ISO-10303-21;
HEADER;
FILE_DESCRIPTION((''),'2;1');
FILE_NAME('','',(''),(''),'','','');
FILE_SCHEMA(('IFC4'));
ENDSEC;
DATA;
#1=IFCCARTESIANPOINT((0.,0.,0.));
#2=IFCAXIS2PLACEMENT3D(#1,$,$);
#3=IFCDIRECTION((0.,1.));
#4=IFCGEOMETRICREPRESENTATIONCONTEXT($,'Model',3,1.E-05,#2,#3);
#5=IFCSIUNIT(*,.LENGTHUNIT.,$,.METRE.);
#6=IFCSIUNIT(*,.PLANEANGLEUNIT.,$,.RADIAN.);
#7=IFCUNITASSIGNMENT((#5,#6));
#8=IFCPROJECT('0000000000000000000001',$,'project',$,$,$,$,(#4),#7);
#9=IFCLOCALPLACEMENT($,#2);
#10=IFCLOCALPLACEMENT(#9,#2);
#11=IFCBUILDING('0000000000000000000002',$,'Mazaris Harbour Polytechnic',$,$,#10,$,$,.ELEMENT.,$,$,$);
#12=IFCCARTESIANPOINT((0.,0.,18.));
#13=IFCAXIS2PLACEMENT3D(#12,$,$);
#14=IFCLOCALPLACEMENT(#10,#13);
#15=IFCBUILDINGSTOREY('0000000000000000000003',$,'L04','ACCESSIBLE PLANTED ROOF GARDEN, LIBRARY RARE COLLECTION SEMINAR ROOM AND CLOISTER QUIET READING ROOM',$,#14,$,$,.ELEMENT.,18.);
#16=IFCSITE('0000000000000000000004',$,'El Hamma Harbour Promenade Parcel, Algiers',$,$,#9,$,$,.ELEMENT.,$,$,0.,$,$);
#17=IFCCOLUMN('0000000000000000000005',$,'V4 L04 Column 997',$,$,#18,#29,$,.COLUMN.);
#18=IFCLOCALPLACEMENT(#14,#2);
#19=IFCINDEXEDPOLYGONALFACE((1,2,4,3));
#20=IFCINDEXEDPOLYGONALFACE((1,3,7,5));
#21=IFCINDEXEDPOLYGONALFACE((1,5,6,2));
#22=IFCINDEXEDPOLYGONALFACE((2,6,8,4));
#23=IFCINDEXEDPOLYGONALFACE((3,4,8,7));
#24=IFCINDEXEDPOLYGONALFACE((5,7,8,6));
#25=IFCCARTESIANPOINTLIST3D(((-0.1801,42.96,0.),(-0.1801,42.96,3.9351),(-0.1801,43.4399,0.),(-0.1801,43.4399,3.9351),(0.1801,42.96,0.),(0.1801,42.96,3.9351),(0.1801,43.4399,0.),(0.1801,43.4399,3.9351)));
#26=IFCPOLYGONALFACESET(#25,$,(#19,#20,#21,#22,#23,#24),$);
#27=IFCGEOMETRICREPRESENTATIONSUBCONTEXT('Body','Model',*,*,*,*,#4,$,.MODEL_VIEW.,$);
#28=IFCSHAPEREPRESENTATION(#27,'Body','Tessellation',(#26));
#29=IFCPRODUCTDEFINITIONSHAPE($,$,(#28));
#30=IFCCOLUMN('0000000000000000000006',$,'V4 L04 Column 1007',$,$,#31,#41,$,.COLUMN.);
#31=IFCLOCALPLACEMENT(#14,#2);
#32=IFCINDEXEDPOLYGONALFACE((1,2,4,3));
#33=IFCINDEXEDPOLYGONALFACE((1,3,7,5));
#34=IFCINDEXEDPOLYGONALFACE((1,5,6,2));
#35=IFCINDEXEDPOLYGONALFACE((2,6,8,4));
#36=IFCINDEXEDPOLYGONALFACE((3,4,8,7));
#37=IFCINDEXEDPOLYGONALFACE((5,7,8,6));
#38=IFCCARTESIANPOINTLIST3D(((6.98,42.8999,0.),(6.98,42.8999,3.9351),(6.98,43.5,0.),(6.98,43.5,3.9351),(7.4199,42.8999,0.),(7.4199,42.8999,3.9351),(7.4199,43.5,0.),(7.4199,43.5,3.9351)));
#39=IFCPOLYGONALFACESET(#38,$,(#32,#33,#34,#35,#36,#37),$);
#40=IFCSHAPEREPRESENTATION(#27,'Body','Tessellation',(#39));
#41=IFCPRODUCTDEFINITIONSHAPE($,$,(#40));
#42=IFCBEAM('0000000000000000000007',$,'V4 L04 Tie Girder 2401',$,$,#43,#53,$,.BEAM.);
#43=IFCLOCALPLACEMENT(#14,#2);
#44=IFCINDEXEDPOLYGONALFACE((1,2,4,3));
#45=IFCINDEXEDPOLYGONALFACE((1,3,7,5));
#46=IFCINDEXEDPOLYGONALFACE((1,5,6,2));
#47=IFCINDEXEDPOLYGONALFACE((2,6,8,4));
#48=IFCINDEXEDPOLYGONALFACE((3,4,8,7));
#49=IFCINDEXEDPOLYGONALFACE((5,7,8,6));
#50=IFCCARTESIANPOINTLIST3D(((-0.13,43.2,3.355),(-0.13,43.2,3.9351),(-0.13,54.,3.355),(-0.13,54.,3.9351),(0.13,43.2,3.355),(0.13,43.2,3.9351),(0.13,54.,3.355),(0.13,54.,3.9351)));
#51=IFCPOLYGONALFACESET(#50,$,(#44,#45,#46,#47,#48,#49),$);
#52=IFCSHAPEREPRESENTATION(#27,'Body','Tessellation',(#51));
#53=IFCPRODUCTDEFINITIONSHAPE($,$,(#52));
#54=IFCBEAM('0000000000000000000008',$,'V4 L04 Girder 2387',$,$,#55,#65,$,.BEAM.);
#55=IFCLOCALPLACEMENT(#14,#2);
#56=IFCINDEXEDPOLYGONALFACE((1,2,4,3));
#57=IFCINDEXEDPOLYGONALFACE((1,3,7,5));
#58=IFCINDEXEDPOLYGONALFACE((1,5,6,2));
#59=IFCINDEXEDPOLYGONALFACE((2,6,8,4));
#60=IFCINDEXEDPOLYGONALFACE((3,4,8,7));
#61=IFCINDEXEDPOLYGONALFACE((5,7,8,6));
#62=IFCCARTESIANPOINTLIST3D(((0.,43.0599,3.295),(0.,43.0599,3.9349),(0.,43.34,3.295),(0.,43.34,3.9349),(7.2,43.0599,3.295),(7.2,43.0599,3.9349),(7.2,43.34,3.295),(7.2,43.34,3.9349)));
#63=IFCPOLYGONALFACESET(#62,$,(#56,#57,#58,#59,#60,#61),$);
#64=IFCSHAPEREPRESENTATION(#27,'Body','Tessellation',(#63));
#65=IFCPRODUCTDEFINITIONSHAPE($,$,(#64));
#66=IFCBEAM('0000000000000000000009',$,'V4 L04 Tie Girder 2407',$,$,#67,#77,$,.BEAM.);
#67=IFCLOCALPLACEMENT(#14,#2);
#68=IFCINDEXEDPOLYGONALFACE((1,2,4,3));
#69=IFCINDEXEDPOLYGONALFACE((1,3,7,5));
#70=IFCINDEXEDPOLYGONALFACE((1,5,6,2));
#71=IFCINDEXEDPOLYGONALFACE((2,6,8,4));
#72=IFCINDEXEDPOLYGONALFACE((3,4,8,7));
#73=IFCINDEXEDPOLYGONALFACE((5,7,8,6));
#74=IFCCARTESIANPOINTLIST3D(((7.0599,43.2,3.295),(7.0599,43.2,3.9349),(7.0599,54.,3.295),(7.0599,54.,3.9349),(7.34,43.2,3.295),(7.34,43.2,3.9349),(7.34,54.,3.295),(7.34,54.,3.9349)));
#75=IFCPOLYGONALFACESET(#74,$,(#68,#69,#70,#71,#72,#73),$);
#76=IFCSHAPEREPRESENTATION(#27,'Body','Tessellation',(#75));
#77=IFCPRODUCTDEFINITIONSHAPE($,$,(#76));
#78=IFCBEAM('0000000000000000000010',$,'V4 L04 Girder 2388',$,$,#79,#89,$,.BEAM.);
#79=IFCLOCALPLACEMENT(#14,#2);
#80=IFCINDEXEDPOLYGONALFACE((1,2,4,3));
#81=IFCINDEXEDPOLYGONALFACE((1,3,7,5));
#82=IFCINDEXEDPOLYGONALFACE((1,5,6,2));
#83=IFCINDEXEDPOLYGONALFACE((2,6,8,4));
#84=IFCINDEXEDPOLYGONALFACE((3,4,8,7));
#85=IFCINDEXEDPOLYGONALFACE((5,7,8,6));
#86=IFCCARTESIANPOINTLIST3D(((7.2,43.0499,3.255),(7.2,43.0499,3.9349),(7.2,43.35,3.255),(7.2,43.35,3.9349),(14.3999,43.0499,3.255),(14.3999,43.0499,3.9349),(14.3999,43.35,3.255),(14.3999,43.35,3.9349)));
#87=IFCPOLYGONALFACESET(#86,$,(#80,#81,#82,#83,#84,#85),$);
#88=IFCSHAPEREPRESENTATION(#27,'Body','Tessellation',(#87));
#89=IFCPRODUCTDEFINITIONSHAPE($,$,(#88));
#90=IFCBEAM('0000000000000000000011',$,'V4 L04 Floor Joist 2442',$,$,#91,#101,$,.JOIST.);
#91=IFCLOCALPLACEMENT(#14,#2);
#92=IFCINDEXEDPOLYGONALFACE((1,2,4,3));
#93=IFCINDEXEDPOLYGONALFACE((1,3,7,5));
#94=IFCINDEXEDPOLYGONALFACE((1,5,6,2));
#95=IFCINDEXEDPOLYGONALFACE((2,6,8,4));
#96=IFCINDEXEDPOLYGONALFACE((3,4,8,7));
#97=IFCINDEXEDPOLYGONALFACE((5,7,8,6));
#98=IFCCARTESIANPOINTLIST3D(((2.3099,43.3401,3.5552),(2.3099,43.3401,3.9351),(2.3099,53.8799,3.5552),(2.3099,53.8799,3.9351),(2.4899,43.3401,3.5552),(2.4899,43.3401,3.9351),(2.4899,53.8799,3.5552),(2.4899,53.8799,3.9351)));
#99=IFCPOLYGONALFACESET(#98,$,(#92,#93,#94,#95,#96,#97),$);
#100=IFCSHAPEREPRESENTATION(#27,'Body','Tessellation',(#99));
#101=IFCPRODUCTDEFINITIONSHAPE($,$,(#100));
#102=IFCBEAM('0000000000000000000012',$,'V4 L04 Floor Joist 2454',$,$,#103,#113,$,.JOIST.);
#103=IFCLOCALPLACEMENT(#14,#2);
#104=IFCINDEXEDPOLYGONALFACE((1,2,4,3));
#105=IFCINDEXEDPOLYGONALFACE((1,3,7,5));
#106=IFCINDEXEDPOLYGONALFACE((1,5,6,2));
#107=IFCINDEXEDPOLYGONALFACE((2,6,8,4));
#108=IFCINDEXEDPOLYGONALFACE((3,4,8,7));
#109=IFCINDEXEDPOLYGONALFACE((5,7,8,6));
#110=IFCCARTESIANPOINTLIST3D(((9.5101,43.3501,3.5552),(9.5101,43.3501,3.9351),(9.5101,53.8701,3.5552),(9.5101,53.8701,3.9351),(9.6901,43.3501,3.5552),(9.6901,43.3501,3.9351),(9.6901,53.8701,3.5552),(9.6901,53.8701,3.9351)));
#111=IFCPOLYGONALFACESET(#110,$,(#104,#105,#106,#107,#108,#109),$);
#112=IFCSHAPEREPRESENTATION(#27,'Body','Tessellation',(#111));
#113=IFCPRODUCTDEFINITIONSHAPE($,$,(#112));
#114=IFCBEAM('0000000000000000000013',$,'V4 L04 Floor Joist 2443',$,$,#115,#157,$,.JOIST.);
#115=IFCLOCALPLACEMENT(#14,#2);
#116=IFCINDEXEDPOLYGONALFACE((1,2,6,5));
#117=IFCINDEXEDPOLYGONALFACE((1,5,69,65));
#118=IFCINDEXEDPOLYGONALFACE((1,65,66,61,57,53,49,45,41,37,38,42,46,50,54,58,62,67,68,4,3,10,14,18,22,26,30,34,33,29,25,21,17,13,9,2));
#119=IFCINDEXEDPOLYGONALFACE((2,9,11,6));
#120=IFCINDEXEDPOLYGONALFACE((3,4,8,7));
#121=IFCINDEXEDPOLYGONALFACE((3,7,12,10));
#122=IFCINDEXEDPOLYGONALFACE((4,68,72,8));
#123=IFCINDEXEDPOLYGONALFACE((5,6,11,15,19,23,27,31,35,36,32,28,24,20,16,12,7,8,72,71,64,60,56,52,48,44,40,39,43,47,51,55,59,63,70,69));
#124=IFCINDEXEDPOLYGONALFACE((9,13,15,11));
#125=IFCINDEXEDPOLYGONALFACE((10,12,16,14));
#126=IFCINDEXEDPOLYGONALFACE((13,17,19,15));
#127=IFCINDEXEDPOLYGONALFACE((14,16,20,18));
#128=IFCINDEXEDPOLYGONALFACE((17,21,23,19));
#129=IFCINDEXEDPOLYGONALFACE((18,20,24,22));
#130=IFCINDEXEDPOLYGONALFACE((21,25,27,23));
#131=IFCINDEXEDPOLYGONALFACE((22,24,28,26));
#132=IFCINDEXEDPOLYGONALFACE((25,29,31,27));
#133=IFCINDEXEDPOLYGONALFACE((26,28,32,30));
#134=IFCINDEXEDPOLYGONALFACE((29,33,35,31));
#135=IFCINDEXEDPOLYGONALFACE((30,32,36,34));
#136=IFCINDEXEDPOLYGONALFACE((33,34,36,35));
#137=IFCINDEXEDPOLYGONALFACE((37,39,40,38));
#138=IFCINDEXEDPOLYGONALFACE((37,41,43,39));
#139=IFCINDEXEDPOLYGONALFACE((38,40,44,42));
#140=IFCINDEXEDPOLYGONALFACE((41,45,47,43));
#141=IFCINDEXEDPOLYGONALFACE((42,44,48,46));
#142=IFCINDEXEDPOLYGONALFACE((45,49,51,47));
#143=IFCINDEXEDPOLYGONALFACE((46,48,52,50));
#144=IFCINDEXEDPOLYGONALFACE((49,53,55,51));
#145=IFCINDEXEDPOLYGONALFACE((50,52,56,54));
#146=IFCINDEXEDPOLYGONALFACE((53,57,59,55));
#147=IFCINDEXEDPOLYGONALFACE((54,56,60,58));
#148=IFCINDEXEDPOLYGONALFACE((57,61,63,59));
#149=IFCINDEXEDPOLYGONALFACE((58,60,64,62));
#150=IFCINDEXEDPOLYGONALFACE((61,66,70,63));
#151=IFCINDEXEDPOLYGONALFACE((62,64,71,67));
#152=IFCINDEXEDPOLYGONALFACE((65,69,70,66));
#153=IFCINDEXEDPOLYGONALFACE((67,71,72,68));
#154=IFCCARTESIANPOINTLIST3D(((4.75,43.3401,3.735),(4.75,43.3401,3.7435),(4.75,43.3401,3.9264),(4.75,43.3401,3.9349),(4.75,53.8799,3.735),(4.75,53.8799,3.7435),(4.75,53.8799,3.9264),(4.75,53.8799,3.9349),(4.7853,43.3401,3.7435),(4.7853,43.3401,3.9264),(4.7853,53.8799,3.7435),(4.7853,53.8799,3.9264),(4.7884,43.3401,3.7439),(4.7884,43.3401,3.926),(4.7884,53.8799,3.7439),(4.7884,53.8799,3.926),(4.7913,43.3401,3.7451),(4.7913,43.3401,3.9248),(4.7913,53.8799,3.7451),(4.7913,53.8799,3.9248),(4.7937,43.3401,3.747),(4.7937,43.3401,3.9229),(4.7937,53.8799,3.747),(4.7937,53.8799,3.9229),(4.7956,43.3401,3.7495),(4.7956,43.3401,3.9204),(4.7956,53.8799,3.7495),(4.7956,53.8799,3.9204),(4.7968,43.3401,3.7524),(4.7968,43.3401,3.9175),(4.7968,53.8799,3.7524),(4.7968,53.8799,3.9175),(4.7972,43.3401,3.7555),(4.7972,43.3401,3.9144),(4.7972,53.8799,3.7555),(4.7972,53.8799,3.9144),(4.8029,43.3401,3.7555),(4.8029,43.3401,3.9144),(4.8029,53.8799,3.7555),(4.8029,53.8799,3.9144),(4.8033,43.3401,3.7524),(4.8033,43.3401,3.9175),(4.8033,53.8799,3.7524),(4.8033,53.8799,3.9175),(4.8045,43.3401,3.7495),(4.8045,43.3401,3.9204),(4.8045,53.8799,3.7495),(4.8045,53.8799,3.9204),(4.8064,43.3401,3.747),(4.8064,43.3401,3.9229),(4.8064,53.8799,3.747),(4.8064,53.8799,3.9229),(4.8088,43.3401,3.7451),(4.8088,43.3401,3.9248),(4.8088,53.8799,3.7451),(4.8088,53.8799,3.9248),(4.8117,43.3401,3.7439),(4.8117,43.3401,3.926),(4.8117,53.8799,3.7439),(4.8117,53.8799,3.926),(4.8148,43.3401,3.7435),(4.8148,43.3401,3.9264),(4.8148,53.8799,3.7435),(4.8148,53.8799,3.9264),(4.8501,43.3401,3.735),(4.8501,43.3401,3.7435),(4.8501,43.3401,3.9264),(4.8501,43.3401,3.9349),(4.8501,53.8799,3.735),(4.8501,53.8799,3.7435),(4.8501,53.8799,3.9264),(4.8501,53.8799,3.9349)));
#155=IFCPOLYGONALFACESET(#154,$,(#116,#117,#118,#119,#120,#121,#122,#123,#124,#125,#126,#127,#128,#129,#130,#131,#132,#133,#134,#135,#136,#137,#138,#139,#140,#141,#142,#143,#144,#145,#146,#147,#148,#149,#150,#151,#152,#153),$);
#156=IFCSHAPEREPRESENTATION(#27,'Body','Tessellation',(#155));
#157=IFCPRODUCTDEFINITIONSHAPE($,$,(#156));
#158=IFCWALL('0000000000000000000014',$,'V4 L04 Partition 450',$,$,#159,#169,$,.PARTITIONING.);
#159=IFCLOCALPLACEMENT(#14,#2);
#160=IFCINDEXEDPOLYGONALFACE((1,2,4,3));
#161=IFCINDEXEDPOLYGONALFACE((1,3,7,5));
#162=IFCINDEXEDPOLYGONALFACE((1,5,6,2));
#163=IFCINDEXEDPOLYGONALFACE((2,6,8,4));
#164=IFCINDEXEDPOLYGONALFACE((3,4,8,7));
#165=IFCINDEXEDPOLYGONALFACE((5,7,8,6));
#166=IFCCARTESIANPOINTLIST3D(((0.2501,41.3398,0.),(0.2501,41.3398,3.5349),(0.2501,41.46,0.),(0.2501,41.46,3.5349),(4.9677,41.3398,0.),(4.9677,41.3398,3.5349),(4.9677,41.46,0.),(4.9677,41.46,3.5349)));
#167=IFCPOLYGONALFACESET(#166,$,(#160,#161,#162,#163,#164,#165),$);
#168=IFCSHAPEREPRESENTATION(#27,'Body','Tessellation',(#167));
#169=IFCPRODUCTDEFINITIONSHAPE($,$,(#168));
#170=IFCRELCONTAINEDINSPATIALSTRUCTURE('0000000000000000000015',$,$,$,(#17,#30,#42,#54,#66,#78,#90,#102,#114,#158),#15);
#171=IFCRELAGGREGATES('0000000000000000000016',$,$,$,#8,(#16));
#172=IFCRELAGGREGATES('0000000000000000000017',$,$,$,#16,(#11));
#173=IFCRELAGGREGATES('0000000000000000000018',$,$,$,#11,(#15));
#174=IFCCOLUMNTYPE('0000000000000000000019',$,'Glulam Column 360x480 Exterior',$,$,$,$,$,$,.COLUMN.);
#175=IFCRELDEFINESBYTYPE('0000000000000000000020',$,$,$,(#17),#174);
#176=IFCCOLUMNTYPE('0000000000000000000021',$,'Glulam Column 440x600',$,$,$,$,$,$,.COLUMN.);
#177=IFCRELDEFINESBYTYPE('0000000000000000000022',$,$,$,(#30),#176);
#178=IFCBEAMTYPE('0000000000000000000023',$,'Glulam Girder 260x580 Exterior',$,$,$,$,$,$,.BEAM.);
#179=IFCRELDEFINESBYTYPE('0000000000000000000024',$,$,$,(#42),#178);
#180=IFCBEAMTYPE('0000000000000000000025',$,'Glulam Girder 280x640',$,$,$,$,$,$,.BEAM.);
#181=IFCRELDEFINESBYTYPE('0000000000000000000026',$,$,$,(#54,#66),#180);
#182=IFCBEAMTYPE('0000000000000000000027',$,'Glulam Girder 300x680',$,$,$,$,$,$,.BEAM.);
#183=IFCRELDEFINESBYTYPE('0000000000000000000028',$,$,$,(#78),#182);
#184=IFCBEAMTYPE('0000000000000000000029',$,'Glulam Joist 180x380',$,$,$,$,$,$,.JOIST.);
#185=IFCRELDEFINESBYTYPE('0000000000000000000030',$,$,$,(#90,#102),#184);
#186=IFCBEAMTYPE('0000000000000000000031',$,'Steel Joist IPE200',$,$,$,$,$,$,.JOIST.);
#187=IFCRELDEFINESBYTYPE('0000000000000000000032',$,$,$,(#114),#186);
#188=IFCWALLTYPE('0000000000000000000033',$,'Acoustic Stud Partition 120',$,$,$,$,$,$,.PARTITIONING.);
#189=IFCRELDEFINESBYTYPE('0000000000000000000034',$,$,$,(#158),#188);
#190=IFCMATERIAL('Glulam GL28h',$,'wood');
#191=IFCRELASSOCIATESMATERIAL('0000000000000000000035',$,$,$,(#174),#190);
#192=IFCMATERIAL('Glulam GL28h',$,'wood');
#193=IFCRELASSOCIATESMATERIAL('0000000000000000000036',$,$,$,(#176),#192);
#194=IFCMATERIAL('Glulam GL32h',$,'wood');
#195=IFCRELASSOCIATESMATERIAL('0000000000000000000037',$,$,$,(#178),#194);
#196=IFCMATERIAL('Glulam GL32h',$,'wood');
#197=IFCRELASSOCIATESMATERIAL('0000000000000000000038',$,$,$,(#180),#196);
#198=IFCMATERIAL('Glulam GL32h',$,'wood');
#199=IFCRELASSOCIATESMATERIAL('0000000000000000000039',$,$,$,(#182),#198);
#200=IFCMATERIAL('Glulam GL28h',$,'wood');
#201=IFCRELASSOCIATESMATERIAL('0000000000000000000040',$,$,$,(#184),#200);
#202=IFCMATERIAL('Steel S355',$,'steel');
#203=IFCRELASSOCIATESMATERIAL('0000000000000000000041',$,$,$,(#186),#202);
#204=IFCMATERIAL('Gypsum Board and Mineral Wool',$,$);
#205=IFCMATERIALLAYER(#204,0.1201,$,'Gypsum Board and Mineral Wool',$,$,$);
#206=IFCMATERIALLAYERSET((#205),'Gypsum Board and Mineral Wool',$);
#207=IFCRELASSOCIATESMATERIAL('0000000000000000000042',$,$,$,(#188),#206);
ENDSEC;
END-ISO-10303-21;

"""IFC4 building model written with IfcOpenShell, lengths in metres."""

from ifc_helpers import new_model, si_unit, direction, frame, frame_2d, origin, origin_2d, place, context, subcontext, project, spatial, rectangle, i_section, extrude, material, layer, layer_set, material_profile, profile_set, type_object, element, save


model = new_model("IFC4")

# Units and contexts
model_context = context("Model", 3, precision=1e-05, world=origin(), true_north=direction((0.0, 1.0)))
body_context = subcontext(model_context, "Body", "Model", "MODEL_VIEW")
ifc_project = project(units=[si_unit("LENGTHUNIT", "METRE"), si_unit("PLANEANGLEUNIT", "RADIAN")], contexts=[model_context])

# Site, building, storey
site_placement = place(None, origin())
site = spatial("IfcSite", under=ifc_project, at=site_placement, Name="El Hamma Harbour Promenade Parcel, Algiers", CompositionType="ELEMENT", RefElevation=0.0)
building_placement = place(site_placement, origin())
building = spatial("IfcBuilding", under=site, at=building_placement, Name="Mazaris Harbour Polytechnic", CompositionType="ELEMENT")
storey_placement = place(building_placement, frame((0.0, 0.0, 18.0)))
storey = spatial("IfcBuildingStorey", under=building, at=storey_placement, Name="L04", Description="ACCESSIBLE PLANTED ROOF GARDEN, LIBRARY RARE COLLECTION SEMINAR ROOM AND CLOISTER QUIET READING ROOM", CompositionType="ELEMENT", Elevation=18.0)

# Columns
ifc_material_1 = material(Name="Glulam GL28h", Category="wood")
ifc_material_profile_1 = material_profile(ifc_material_1, rectangle(XDim=0.3601, YDim=0.48, at=origin_2d()), Name="RECT360x480")
ifc_profile_set_1 = profile_set([ifc_material_profile_1], Name="Glulam GL28h")
column_type_1 = type_object("IfcColumnType", Name="Glulam Column 360x480 Exterior", PredefinedType="COLUMN", material=ifc_profile_set_1)
column_1_placement = place(storey_placement, frame((0.0, 43.2, 0.0), z_axis=(0.0, 0.0, 1.0), x_axis=(1.0, 0.0, 0.0)))
element("IfcColumn", 1, at=column_1_placement, inside=storey, type_object=column_type_1, Name="V4 L04 Column 997", PredefinedType="COLUMN", context=body_context, shape_type="SweptSolid", body=[
    extrude(rectangle(XDim=0.3601, YDim=0.48, at=origin_2d()), origin(), (0.0, 0.0, 1.0), 3.9351),
])
ifc_material_2 = material(Name="Glulam GL28h", Category="wood")
ifc_material_profile_2 = material_profile(ifc_material_2, rectangle(XDim=0.4399, YDim=0.6001, at=origin_2d()), Name="RECT440x600")
ifc_profile_set_2 = profile_set([ifc_material_profile_2], Name="Glulam GL28h")
column_type_2 = type_object("IfcColumnType", Name="Glulam Column 440x600", PredefinedType="COLUMN", material=ifc_profile_set_2)
column_2_placement = place(storey_placement, frame((7.2, 43.2, 0.0), z_axis=(0.0, 0.0, 1.0), x_axis=(1.0, 0.0, 0.0)))
element("IfcColumn", 2, at=column_2_placement, inside=storey, type_object=column_type_2, Name="V4 L04 Column 1007", PredefinedType="COLUMN", context=body_context, shape_type="SweptSolid", body=[
    extrude(rectangle(XDim=0.4399, YDim=0.6001, at=origin_2d()), origin(), (0.0, 0.0, 1.0), 3.9351),
])

# Beams
ifc_material_3 = material(Name="Glulam GL32h", Category="wood")
ifc_material_profile_3 = material_profile(ifc_material_3, rectangle(XDim=0.26, YDim=0.5801, at=origin_2d()), Name="RECT260x580")
ifc_profile_set_3 = profile_set([ifc_material_profile_3], Name="Glulam GL32h")
beam_type_1 = type_object("IfcBeamType", Name="Glulam Girder 260x580 Exterior", PredefinedType="BEAM", material=ifc_profile_set_3)
beam_1_placement = place(storey_placement, frame((0.0, 43.2, 3.645), z_axis=(0.0, 1.0, 0.0), x_axis=(-1.0, 0.0, 0.0)))
element("IfcBeam", 3, at=beam_1_placement, inside=storey, type_object=beam_type_1, Name="V4 L04 Tie Girder 2401", PredefinedType="BEAM", context=body_context, shape_type="SweptSolid", body=[
    extrude(rectangle(XDim=0.26, YDim=0.5801, at=origin_2d()), origin(), (0.0, 0.0, 1.0), 10.8),
])
ifc_material_4 = material(Name="Glulam GL32h", Category="wood")
ifc_material_profile_4 = material_profile(ifc_material_4, rectangle(XDim=0.28, YDim=0.6399, at=origin_2d()), Name="RECT280x640")
ifc_profile_set_4 = profile_set([ifc_material_profile_4], Name="Glulam GL32h")
beam_type_2 = type_object("IfcBeamType", Name="Glulam Girder 280x640", PredefinedType="BEAM", material=ifc_profile_set_4)
beam_2_placement = place(storey_placement, frame((0.0, 43.2, 3.615), z_axis=(1.0, 0.0, 0.0), x_axis=(0.0, 1.0, 0.0)))
element("IfcBeam", 4, at=beam_2_placement, inside=storey, type_object=beam_type_2, Name="V4 L04 Girder 2387", PredefinedType="BEAM", context=body_context, shape_type="SweptSolid", body=[
    extrude(rectangle(XDim=0.28, YDim=0.6399, at=origin_2d()), origin(), (0.0, 0.0, 1.0), 7.2),
])
beam_3_placement = place(storey_placement, frame((7.2, 43.2, 3.615), z_axis=(0.0, 1.0, 0.0), x_axis=(-1.0, 0.0, 0.0)))
element("IfcBeam", 5, at=beam_3_placement, inside=storey, type_object=beam_type_2, Name="V4 L04 Tie Girder 2407", PredefinedType="BEAM", context=body_context, shape_type="SweptSolid", body=[
    extrude(rectangle(XDim=0.28, YDim=0.6399, at=origin_2d()), origin(), (0.0, 0.0, 1.0), 10.8),
])
ifc_material_5 = material(Name="Glulam GL32h", Category="wood")
ifc_material_profile_5 = material_profile(ifc_material_5, rectangle(XDim=0.3, YDim=0.6799, at=origin_2d()), Name="RECT300x680")
ifc_profile_set_5 = profile_set([ifc_material_profile_5], Name="Glulam GL32h")
beam_type_3 = type_object("IfcBeamType", Name="Glulam Girder 300x680", PredefinedType="BEAM", material=ifc_profile_set_5)
beam_4_placement = place(storey_placement, frame((7.2, 43.2, 3.595), z_axis=(1.0, 0.0, 0.0), x_axis=(0.0, 1.0, 0.0)))
element("IfcBeam", 6, at=beam_4_placement, inside=storey, type_object=beam_type_3, Name="V4 L04 Girder 2388", PredefinedType="BEAM", context=body_context, shape_type="SweptSolid", body=[
    extrude(rectangle(XDim=0.3, YDim=0.6799, at=origin_2d()), origin(), (0.0, 0.0, 1.0), 7.2),
])
ifc_material_6 = material(Name="Glulam GL28h", Category="wood")
ifc_material_profile_6 = material_profile(ifc_material_6, rectangle(XDim=0.1799, YDim=0.3799, at=origin_2d()), Name="RECT180x380")
ifc_profile_set_6 = profile_set([ifc_material_profile_6], Name="Glulam GL28h")
beam_type_4 = type_object("IfcBeamType", Name="Glulam Joist 180x380", PredefinedType="JOIST", material=ifc_profile_set_6)
beam_5_placement = place(storey_placement, frame((2.3999, 43.3401, 3.7451), z_axis=(0.0, 1.0, 0.0), x_axis=(-1.0, 0.0, 0.0)))
element("IfcBeam", 7, at=beam_5_placement, inside=storey, type_object=beam_type_4, Name="V4 L04 Floor Joist 2442", PredefinedType="JOIST", context=body_context, shape_type="SweptSolid", body=[
    extrude(rectangle(XDim=0.1799, YDim=0.3799, at=origin_2d()), origin(), (0.0, 0.0, 1.0), 10.5398),
])
beam_6_placement = place(storey_placement, frame((9.6001, 43.3501, 3.7451), z_axis=(0.0, 1.0, 0.0), x_axis=(-1.0, 0.0, 0.0)))
element("IfcBeam", 8, at=beam_6_placement, inside=storey, type_object=beam_type_4, Name="V4 L04 Floor Joist 2454", PredefinedType="JOIST", context=body_context, shape_type="SweptSolid", body=[
    extrude(rectangle(XDim=0.1799, YDim=0.3799, at=origin_2d()), origin(), (0.0, 0.0, 1.0), 10.52),
])
ifc_material_7 = material(Name="Steel S355", Category="steel")
ifc_material_profile_7 = material_profile(ifc_material_7, i_section(OverallWidth=0.1001, OverallDepth=0.2, WebThickness=0.0056, FlangeThickness=0.0085, FilletRadius=0.012, at=origin_2d()), Name="IPE 200")
ifc_profile_set_7 = profile_set([ifc_material_profile_7], Name="Steel S355")
beam_type_5 = type_object("IfcBeamType", Name="Steel Joist IPE200", PredefinedType="JOIST", material=ifc_profile_set_7)
beam_7_placement = place(storey_placement, frame((4.8, 43.3401, 3.835), z_axis=(0.0, 1.0, 0.0), x_axis=(-1.0, 0.0, 0.0)))
element("IfcBeam", 9, at=beam_7_placement, inside=storey, type_object=beam_type_5, Name="V4 L04 Floor Joist 2443", PredefinedType="JOIST", context=body_context, shape_type="SweptSolid", body=[
    extrude(i_section(OverallWidth=0.1001, OverallDepth=0.2, WebThickness=0.0056, FlangeThickness=0.0085, FilletRadius=0.012, at=origin_2d()), origin(), (0.0, 0.0, 1.0), 10.5398),
])

# Wall
ifc_material_8 = material(Name="Gypsum Board and Mineral Wool")
ifc_layer_1 = layer(ifc_material_8, 0.1201, Name="Gypsum Board and Mineral Wool")
ifc_layer_set_1 = layer_set([ifc_layer_1], Name="Gypsum Board and Mineral Wool")
wall_type_1 = type_object("IfcWallType", Name="Acoustic Stud Partition 120", PredefinedType="PARTITIONING", material=ifc_layer_set_1)
wall_1_placement = place(storey_placement, frame((0.25, 41.3999, 0.0), z_axis=(0.0, 0.0, 1.0), x_axis=(1.0, 0.0, 0.0)))
element("IfcWall", 10, at=wall_1_placement, inside=storey, type_object=wall_type_1, Name="V4 L04 Partition 450", PredefinedType="PARTITIONING", context=body_context, shape_type="SweptSolid", body=[
    extrude(rectangle(XDim=4.7175, YDim=0.1201, at=frame_2d((2.3589, 0.0))), origin(), (0.0, 0.0, 1.0), 3.5349),
])

save(model, "model.ifc")
